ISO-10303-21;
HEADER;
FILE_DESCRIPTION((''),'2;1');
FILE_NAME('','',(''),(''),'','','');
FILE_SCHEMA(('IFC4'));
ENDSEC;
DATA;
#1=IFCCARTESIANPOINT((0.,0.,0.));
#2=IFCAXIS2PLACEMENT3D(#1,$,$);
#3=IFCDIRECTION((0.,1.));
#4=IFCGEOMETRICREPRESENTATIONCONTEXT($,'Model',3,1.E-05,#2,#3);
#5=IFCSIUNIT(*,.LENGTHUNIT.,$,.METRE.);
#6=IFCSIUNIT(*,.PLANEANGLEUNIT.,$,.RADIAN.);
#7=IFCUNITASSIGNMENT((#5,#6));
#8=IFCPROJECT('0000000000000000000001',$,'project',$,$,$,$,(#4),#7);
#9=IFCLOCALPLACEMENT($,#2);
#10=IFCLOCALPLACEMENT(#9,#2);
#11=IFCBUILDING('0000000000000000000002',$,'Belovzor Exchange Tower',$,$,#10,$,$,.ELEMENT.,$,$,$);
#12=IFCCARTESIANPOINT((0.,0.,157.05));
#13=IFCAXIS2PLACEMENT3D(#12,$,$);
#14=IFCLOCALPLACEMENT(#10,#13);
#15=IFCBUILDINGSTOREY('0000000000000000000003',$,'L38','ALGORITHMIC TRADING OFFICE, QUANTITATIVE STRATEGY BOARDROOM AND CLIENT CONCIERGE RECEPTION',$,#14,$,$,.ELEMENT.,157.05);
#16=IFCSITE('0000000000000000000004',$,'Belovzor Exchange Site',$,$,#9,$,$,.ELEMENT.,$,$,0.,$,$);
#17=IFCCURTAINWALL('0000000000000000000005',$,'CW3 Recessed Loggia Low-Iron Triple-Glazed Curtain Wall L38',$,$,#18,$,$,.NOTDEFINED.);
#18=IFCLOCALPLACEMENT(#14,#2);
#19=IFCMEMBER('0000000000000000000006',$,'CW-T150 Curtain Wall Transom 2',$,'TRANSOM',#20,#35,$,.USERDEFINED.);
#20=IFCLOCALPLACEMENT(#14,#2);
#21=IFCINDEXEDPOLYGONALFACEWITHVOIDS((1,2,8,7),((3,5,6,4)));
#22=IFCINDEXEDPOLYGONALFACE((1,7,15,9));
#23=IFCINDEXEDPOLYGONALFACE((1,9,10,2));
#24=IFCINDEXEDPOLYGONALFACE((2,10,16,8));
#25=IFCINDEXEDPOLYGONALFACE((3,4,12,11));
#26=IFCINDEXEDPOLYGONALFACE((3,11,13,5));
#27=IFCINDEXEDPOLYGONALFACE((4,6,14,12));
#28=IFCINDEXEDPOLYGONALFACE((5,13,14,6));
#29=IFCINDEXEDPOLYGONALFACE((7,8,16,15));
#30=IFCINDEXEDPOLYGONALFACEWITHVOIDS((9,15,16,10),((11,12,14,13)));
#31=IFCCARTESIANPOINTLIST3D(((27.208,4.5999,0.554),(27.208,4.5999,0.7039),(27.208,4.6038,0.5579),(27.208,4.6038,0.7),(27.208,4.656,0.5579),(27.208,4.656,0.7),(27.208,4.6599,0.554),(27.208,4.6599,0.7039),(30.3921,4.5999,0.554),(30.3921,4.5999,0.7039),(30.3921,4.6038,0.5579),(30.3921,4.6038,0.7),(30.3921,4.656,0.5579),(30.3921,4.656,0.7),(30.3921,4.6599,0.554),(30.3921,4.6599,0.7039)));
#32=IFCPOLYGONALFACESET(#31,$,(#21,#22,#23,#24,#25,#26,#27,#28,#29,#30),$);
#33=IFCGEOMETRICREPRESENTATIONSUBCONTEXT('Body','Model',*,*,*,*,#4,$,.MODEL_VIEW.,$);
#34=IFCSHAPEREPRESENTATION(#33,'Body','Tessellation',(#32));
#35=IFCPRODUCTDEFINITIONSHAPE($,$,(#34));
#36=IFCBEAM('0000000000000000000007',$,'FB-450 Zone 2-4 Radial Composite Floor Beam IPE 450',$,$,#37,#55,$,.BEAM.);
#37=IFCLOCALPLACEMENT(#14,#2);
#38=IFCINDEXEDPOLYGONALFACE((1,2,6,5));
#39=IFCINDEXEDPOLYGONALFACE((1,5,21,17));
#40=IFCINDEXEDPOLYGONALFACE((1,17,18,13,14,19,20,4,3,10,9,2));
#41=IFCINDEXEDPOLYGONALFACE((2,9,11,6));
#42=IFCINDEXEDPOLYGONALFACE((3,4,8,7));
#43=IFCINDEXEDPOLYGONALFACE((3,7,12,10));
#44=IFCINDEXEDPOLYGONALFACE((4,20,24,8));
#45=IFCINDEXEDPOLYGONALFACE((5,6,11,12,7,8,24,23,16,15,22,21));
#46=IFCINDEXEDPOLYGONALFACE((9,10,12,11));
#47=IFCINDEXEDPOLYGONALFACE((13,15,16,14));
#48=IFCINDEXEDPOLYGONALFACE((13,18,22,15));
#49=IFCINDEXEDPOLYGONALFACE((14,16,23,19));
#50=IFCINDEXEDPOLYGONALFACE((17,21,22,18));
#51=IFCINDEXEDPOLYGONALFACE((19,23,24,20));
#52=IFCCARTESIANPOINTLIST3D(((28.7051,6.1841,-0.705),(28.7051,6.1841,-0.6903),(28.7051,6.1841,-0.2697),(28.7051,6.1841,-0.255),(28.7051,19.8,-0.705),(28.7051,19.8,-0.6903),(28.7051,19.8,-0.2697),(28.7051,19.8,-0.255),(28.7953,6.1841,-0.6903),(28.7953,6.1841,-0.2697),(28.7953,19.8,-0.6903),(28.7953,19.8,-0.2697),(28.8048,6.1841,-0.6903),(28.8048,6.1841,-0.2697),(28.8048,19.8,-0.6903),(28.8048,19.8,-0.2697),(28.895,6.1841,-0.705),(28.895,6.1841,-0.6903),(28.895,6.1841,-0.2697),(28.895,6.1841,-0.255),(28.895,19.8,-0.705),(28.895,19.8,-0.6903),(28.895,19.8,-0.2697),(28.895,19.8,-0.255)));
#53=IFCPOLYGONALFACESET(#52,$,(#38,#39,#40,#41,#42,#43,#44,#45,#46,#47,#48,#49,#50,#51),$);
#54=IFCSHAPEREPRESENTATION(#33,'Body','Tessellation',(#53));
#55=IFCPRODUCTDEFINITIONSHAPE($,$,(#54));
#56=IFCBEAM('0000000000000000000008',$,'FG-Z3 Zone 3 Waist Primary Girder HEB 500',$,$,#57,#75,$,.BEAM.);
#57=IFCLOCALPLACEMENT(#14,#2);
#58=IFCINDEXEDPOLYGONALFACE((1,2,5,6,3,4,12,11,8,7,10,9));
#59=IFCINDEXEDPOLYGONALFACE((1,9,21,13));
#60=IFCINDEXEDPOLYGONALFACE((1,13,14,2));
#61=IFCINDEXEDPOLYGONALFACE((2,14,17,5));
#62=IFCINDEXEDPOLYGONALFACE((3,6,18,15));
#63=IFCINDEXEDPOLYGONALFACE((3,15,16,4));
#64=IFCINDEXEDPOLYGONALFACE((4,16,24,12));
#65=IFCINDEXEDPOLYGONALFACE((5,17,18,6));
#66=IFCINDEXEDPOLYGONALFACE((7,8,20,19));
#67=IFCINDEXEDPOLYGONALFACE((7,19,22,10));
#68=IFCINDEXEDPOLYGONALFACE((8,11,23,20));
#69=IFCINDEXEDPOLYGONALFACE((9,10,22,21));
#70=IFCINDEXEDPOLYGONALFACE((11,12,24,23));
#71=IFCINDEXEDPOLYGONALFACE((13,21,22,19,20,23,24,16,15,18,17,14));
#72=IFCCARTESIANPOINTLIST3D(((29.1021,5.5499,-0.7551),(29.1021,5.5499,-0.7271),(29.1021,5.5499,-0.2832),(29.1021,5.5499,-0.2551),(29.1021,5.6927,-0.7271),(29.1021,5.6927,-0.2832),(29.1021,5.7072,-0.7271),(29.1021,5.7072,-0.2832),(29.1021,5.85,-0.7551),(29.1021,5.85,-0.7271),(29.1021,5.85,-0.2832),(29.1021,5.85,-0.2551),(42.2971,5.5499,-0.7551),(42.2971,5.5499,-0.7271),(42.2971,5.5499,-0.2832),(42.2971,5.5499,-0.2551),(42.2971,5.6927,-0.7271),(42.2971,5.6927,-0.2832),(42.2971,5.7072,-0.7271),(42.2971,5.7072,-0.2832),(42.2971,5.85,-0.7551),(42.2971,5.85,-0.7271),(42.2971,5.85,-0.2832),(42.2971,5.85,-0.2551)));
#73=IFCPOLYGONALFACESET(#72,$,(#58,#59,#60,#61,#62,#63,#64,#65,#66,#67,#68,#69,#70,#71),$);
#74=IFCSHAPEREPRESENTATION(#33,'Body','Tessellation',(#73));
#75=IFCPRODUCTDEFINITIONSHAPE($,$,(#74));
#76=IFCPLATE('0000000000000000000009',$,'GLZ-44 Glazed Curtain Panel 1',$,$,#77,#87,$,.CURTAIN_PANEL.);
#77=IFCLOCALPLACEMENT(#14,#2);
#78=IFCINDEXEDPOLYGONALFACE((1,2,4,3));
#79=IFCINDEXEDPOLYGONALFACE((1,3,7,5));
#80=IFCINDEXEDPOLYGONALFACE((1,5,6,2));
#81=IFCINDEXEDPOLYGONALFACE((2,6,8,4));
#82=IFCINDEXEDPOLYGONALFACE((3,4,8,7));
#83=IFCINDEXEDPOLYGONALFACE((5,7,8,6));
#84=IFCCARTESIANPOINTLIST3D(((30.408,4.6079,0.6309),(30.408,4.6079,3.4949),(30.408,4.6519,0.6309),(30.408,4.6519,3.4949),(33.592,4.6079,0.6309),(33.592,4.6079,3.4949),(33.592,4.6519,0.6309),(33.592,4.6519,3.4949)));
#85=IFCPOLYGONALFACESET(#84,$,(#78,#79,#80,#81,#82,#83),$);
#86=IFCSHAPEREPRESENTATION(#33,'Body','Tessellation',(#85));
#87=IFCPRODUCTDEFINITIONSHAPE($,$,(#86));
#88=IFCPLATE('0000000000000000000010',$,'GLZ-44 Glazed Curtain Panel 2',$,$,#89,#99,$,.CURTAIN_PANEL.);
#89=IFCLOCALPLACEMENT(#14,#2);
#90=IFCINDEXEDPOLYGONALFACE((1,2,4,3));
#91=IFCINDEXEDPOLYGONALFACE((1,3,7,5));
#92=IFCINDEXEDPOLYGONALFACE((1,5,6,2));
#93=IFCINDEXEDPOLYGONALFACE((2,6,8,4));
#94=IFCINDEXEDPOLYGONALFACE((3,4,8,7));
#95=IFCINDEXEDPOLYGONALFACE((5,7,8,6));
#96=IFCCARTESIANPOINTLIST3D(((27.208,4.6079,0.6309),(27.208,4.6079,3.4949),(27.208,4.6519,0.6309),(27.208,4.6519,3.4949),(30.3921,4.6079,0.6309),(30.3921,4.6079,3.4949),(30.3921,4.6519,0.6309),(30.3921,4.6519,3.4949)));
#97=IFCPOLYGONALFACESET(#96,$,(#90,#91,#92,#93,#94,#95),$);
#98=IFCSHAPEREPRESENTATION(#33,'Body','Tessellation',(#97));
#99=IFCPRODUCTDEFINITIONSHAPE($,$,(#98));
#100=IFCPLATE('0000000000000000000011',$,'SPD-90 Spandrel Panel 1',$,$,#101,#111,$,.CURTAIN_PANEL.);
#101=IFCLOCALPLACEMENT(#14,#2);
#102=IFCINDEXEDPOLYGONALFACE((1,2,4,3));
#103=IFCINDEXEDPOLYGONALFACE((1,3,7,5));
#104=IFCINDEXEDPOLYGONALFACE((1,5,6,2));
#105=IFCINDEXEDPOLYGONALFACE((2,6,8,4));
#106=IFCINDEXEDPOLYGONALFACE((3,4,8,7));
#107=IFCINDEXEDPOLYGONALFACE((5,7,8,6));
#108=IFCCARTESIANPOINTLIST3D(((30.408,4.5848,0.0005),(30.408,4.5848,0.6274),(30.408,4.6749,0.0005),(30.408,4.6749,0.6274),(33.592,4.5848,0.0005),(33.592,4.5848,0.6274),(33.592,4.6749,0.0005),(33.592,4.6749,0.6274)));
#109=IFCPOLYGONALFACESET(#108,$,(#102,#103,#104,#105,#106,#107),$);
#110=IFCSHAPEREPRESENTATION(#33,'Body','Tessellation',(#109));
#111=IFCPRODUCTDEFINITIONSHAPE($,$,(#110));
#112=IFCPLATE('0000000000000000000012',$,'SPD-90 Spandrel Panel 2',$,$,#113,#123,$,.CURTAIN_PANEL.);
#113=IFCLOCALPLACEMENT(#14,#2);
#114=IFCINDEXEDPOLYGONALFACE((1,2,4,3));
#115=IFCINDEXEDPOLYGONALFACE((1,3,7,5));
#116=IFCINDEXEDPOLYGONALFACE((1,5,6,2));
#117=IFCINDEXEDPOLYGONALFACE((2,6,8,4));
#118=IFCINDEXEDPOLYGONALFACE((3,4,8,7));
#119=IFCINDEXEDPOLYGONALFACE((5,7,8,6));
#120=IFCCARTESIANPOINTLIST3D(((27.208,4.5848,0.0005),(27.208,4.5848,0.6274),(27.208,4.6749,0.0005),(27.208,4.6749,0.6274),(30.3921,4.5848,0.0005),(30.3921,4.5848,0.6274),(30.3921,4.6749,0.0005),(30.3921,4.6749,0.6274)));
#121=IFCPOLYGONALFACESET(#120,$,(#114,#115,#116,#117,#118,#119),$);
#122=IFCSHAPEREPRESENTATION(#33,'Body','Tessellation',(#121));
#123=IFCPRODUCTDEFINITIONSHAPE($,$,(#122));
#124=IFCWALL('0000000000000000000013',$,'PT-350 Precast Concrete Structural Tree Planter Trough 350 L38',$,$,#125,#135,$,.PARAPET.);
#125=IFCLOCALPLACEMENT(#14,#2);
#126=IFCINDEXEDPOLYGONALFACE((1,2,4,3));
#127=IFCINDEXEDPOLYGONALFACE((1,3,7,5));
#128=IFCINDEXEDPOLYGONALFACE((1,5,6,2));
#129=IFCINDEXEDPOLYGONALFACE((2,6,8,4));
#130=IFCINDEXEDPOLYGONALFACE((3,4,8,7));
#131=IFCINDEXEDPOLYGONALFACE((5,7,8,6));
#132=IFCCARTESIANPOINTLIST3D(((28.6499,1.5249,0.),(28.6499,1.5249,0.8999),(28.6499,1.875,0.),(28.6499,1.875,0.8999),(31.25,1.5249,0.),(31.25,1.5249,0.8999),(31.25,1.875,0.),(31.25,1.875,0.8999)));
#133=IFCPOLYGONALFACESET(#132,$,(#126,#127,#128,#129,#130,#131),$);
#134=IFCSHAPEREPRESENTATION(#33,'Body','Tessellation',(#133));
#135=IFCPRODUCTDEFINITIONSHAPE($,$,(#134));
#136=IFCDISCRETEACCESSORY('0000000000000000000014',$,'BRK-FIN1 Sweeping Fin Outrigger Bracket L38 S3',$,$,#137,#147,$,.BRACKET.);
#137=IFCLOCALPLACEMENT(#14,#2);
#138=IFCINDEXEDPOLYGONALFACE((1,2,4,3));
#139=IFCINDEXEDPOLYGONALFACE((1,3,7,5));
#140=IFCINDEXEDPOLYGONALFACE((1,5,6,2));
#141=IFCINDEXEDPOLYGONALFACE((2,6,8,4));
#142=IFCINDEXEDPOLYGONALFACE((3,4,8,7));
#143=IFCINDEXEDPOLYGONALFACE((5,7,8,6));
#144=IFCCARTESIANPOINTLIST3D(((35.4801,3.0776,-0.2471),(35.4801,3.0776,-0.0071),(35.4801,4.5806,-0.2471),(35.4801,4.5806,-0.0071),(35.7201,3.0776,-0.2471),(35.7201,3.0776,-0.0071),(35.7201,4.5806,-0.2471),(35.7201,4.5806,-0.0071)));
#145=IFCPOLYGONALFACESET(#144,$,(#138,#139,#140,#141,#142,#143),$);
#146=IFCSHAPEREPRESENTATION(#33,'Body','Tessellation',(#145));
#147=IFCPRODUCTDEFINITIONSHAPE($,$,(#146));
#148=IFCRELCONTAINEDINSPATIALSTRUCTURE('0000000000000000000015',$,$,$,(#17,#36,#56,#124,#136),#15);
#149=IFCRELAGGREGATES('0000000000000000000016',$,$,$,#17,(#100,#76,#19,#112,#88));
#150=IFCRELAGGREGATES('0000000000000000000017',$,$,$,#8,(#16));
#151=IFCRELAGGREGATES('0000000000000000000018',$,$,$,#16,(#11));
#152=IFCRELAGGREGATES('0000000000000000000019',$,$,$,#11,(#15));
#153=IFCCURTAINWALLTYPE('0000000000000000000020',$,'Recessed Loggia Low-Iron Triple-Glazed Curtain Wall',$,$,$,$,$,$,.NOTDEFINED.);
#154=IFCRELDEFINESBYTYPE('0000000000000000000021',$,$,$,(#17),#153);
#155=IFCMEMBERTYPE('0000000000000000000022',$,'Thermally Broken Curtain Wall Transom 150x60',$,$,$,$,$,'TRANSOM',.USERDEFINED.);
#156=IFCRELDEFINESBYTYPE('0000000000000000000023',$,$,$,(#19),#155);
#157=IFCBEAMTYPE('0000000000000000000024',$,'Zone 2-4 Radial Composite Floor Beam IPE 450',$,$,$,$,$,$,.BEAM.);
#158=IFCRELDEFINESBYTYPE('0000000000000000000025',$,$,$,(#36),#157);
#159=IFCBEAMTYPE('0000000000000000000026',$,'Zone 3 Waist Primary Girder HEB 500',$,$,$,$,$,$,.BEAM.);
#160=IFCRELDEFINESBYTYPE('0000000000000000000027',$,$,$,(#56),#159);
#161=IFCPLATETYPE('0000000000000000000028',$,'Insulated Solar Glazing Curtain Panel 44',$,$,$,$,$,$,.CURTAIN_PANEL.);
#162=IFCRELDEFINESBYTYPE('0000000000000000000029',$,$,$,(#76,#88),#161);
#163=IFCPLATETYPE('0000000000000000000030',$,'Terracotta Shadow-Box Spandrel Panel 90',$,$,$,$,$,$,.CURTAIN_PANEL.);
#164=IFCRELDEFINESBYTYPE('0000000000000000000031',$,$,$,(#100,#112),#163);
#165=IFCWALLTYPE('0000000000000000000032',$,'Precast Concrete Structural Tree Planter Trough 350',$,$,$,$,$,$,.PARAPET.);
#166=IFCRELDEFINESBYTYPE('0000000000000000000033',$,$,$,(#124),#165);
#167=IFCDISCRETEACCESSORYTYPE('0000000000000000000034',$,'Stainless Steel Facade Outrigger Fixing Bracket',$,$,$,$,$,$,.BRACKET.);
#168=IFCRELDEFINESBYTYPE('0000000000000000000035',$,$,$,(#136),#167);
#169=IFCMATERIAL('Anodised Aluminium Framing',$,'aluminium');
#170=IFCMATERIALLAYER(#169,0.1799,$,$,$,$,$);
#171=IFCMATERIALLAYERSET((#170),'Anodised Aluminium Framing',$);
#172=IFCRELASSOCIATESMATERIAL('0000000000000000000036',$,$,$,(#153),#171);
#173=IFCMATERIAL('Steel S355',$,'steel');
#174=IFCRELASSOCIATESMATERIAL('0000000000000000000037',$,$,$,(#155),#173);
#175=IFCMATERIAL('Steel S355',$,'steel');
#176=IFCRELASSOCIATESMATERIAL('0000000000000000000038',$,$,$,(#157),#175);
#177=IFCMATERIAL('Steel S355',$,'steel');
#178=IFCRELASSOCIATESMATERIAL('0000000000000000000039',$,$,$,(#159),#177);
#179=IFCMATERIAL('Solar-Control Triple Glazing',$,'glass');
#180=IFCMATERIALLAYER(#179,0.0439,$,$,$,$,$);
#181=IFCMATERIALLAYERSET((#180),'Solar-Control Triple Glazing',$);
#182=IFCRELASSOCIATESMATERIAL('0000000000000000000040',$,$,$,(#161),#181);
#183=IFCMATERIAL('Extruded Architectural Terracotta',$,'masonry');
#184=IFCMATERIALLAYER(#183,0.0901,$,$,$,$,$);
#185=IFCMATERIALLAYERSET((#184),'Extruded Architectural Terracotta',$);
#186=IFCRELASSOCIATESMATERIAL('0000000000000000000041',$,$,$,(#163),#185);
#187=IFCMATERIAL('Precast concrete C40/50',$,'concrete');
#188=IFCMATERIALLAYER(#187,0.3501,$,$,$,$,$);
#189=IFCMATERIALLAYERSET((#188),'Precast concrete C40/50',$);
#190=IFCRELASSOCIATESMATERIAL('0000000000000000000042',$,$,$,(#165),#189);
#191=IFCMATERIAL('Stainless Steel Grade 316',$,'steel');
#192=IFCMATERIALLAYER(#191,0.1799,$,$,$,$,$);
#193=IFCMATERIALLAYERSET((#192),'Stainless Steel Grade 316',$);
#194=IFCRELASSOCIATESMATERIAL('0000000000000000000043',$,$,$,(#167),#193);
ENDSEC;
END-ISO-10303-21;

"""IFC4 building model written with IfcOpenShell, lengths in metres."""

from ifc_helpers import new_model, si_unit, direction, frame, frame_2d, origin, origin_2d, place, context, subcontext, project, spatial, rectangle, hollow_rectangle, i_section, extrude, material, layer, layer_set, material_profile, profile_set, type_object, element, aggregate, save


model = new_model("IFC4")

# Units and contexts
model_context = context("Model", 3, precision=1e-05, world=origin(), true_north=direction((0.0, 1.0)))
body_context = subcontext(model_context, "Body", "Model", "MODEL_VIEW")
ifc_project = project(units=[si_unit("LENGTHUNIT", "METRE"), si_unit("PLANEANGLEUNIT", "RADIAN")], contexts=[model_context])

# Site, building, storey
site_placement = place(None, origin())
site = spatial("IfcSite", under=ifc_project, at=site_placement, Name="Belovzor Exchange Site", CompositionType="ELEMENT", RefElevation=0.0)
building_placement = place(site_placement, origin())
building = spatial("IfcBuilding", under=site, at=building_placement, Name="Belovzor Exchange Tower", CompositionType="ELEMENT")
storey_placement = place(building_placement, frame((0.0, 0.0, 157.05)))
storey = spatial("IfcBuildingStorey", under=building, at=storey_placement, Name="L38", Description="ALGORITHMIC TRADING OFFICE, QUANTITATIVE STRATEGY BOARDROOM AND CLIENT CONCIERGE RECEPTION", CompositionType="ELEMENT", Elevation=157.05)

# Curtain wall, member
ifc_material_1 = material(Name="Anodised Aluminium Framing", Category="aluminium")
ifc_layer_1 = layer(ifc_material_1, 0.1799)
ifc_layer_set_1 = layer_set([ifc_layer_1], Name="Anodised Aluminium Framing")
curtain_wall_type = type_object("IfcCurtainWallType", Name="Recessed Loggia Low-Iron Triple-Glazed Curtain Wall", PredefinedType="NOTDEFINED", material=ifc_layer_set_1)
curtain_wall_placement = place(storey_placement, origin())
curtain_wall = element("IfcCurtainWall", 1, at=curtain_wall_placement, inside=storey, type_object=curtain_wall_type, Name="CW3 Recessed Loggia Low-Iron Triple-Glazed Curtain Wall L38", PredefinedType="NOTDEFINED")
ifc_material_2 = material(Name="Steel S355", Category="steel")
ifc_material_profile_1 = material_profile(ifc_material_2, hollow_rectangle(XDim=0.0601, YDim=0.1499, WallThickness=0.0039, at=origin_2d()))
ifc_profile_set_1 = profile_set([ifc_material_profile_1], Name="Steel S355")
member_type_1 = type_object("IfcMemberType", Name="Thermally Broken Curtain Wall Transom 150x60", ElementType="TRANSOM", PredefinedType="USERDEFINED", material=ifc_profile_set_1)
member_1_placement = place(storey_placement, frame((30.3921, 4.6299, 0.6289), z_axis=(-1.0, 0.0, 0.0), x_axis=(0.0, -1.0, 0.0)))
member_1 = element("IfcMember", 2, at=member_1_placement, type_object=member_type_1, Name="CW-T150 Curtain Wall Transom 2", ObjectType="TRANSOM", PredefinedType="USERDEFINED", context=body_context, shape_type="SweptSolid", body=[
    extrude(hollow_rectangle(XDim=0.0601, YDim=0.1499, WallThickness=0.0039, at=origin_2d()), origin(), (0.0, 0.0, 1.0), 3.1841),
])

# Beams
ifc_material_3 = material(Name="Steel S355", Category="steel")
ifc_material_profile_2 = material_profile(ifc_material_3, i_section(OverallWidth=0.1899, OverallDepth=0.45, WebThickness=0.0095, FlangeThickness=0.0146, at=origin_2d()))
ifc_profile_set_2 = profile_set([ifc_material_profile_2], Name="Steel S355")
beam_type_1 = type_object("IfcBeamType", Name="Zone 2-4 Radial Composite Floor Beam IPE 450", PredefinedType="BEAM", material=ifc_profile_set_2)
beam_1_placement = place(storey_placement, frame((28.8, 19.8, -0.48), z_axis=(0.0, -1.0, 0.0), x_axis=(1.0, 0.0, 0.0)))
element("IfcBeam", 3, at=beam_1_placement, inside=storey, type_object=beam_type_1, Name="FB-450 Zone 2-4 Radial Composite Floor Beam IPE 450", PredefinedType="BEAM", context=body_context, shape_type="SweptSolid", body=[
    extrude(i_section(OverallWidth=0.1899, OverallDepth=0.45, WebThickness=0.0095, FlangeThickness=0.0146, at=origin_2d()), origin(), (0.0, 0.0, 1.0), 13.616),
])
ifc_material_4 = material(Name="Steel S355", Category="steel")
ifc_material_profile_3 = material_profile(ifc_material_4, i_section(OverallWidth=0.3, OverallDepth=0.5, WebThickness=0.0144, FlangeThickness=0.0281, at=origin_2d()))
ifc_profile_set_3 = profile_set([ifc_material_profile_3], Name="Steel S355")
beam_type_2 = type_object("IfcBeamType", Name="Zone 3 Waist Primary Girder HEB 500", PredefinedType="BEAM", material=ifc_profile_set_3)
beam_2_placement = place(storey_placement, frame((29.1021, 5.7, -0.5051), z_axis=(1.0, 0.0, 0.0), x_axis=(0.0, 1.0, 0.0)))
element("IfcBeam", 4, at=beam_2_placement, inside=storey, type_object=beam_type_2, Name="FG-Z3 Zone 3 Waist Primary Girder HEB 500", PredefinedType="BEAM", context=body_context, shape_type="SweptSolid", body=[
    extrude(i_section(OverallWidth=0.3, OverallDepth=0.5, WebThickness=0.0144, FlangeThickness=0.0281, at=origin_2d()), origin(), (0.0, 0.0, 1.0), 13.1951),
])

# Plates
ifc_material_5 = material(Name="Solar-Control Triple Glazing", Category="glass")
ifc_layer_2 = layer(ifc_material_5, 0.0439)
ifc_layer_set_2 = layer_set([ifc_layer_2], Name="Solar-Control Triple Glazing")
plate_type_1 = type_object("IfcPlateType", Name="Insulated Solar Glazing Curtain Panel 44", PredefinedType="CURTAIN_PANEL", material=ifc_layer_set_2)
plate_1_placement = place(storey_placement, frame((32.0, 4.6299, 0.6309), z_axis=(0.0, 0.0, 1.0), x_axis=(-1.0, 0.0, 0.0)))
plate_1 = element("IfcPlate", 5, at=plate_1_placement, type_object=plate_type_1, Name="GLZ-44 Glazed Curtain Panel 1", PredefinedType="CURTAIN_PANEL", context=body_context, shape_type="SweptSolid", body=[
    extrude(rectangle(XDim=3.1841, YDim=0.0439, at=origin_2d()), origin(), (0.0, 0.0, 1.0), 2.864),
])
plate_2_placement = place(storey_placement, frame((28.8, 4.6299, 0.6309), z_axis=(0.0, 0.0, 1.0), x_axis=(-1.0, 0.0, 0.0)))
plate_2 = element("IfcPlate", 6, at=plate_2_placement, type_object=plate_type_1, Name="GLZ-44 Glazed Curtain Panel 2", PredefinedType="CURTAIN_PANEL", context=body_context, shape_type="SweptSolid", body=[
    extrude(rectangle(XDim=3.1841, YDim=0.0439, at=origin_2d()), origin(), (0.0, 0.0, 1.0), 2.864),
])
ifc_material_6 = material(Name="Extruded Architectural Terracotta", Category="masonry")
ifc_layer_3 = layer(ifc_material_6, 0.0901)
ifc_layer_set_3 = layer_set([ifc_layer_3], Name="Extruded Architectural Terracotta")
plate_type_2 = type_object("IfcPlateType", Name="Terracotta Shadow-Box Spandrel Panel 90", PredefinedType="CURTAIN_PANEL", material=ifc_layer_set_3)
plate_3_placement = place(storey_placement, frame((32.0, 4.6299, 0.0005), z_axis=(0.0, 0.0, 1.0), x_axis=(-1.0, 0.0, 0.0)))
plate_3 = element("IfcPlate", 7, at=plate_3_placement, type_object=plate_type_2, Name="SPD-90 Spandrel Panel 1", PredefinedType="CURTAIN_PANEL", context=body_context, shape_type="SweptSolid", body=[
    extrude(rectangle(XDim=3.1841, YDim=0.0901, at=origin_2d()), origin(), (0.0, 0.0, 1.0), 0.627),
])
plate_4_placement = place(storey_placement, frame((28.8, 4.6299, 0.0005), z_axis=(0.0, 0.0, 1.0), x_axis=(-1.0, 0.0, 0.0)))
plate_4 = element("IfcPlate", 8, at=plate_4_placement, type_object=plate_type_2, Name="SPD-90 Spandrel Panel 2", PredefinedType="CURTAIN_PANEL", context=body_context, shape_type="SweptSolid", body=[
    extrude(rectangle(XDim=3.1841, YDim=0.0901, at=origin_2d()), origin(), (0.0, 0.0, 1.0), 0.627),
])
aggregate(curtain_wall, [plate_3, plate_1, member_1, plate_4, plate_2])

# Wall
ifc_material_7 = material(Name="Precast concrete C40/50", Category="concrete")
ifc_layer_4 = layer(ifc_material_7, 0.3501)
ifc_layer_set_4 = layer_set([ifc_layer_4], Name="Precast concrete C40/50")
wall_type = type_object("IfcWallType", Name="Precast Concrete Structural Tree Planter Trough 350", PredefinedType="PARAPET", material=ifc_layer_set_4)
wall_placement = place(storey_placement, frame((28.6499, 1.7, 0.0), z_axis=(0.0, 0.0, 1.0), x_axis=(1.0, 0.0, 0.0)))
element("IfcWall", 9, at=wall_placement, inside=storey, type_object=wall_type, Name="PT-350 Precast Concrete Structural Tree Planter Trough 350 L38", PredefinedType="PARAPET", context=body_context, shape_type="SweptSolid", body=[
    extrude(rectangle(XDim=2.6001, YDim=0.3501, at=frame_2d((1.3, 0.0))), origin(), (0.0, 0.0, 1.0), 0.8999),
])

# Discrete accessory
ifc_material_8 = material(Name="Stainless Steel Grade 316", Category="steel")
ifc_layer_5 = layer(ifc_material_8, 0.1799)
ifc_layer_set_5 = layer_set([ifc_layer_5], Name="Stainless Steel Grade 316")
discrete_accessory_type = type_object("IfcDiscreteAccessoryType", Name="Stainless Steel Facade Outrigger Fixing Bracket", PredefinedType="BRACKET", material=ifc_layer_set_5)
discrete_accessory_placement = place(storey_placement, frame((35.6001, 3.8291, -0.2471), z_axis=(0.0, 0.0, 1.0), x_axis=(0.0, 1.0, 0.0)))
element("IfcDiscreteAccessory", 10, at=discrete_accessory_placement, inside=storey, type_object=discrete_accessory_type, Name="BRK-FIN1 Sweeping Fin Outrigger Bracket L38 S3", PredefinedType="BRACKET", context=body_context, shape_type="SweptSolid", body=[
    extrude(rectangle(XDim=1.5029, YDim=0.24, at=origin_2d()), origin(), (0.0, 0.0, 1.0), 0.24),
])

save(model, "model.ifc")
